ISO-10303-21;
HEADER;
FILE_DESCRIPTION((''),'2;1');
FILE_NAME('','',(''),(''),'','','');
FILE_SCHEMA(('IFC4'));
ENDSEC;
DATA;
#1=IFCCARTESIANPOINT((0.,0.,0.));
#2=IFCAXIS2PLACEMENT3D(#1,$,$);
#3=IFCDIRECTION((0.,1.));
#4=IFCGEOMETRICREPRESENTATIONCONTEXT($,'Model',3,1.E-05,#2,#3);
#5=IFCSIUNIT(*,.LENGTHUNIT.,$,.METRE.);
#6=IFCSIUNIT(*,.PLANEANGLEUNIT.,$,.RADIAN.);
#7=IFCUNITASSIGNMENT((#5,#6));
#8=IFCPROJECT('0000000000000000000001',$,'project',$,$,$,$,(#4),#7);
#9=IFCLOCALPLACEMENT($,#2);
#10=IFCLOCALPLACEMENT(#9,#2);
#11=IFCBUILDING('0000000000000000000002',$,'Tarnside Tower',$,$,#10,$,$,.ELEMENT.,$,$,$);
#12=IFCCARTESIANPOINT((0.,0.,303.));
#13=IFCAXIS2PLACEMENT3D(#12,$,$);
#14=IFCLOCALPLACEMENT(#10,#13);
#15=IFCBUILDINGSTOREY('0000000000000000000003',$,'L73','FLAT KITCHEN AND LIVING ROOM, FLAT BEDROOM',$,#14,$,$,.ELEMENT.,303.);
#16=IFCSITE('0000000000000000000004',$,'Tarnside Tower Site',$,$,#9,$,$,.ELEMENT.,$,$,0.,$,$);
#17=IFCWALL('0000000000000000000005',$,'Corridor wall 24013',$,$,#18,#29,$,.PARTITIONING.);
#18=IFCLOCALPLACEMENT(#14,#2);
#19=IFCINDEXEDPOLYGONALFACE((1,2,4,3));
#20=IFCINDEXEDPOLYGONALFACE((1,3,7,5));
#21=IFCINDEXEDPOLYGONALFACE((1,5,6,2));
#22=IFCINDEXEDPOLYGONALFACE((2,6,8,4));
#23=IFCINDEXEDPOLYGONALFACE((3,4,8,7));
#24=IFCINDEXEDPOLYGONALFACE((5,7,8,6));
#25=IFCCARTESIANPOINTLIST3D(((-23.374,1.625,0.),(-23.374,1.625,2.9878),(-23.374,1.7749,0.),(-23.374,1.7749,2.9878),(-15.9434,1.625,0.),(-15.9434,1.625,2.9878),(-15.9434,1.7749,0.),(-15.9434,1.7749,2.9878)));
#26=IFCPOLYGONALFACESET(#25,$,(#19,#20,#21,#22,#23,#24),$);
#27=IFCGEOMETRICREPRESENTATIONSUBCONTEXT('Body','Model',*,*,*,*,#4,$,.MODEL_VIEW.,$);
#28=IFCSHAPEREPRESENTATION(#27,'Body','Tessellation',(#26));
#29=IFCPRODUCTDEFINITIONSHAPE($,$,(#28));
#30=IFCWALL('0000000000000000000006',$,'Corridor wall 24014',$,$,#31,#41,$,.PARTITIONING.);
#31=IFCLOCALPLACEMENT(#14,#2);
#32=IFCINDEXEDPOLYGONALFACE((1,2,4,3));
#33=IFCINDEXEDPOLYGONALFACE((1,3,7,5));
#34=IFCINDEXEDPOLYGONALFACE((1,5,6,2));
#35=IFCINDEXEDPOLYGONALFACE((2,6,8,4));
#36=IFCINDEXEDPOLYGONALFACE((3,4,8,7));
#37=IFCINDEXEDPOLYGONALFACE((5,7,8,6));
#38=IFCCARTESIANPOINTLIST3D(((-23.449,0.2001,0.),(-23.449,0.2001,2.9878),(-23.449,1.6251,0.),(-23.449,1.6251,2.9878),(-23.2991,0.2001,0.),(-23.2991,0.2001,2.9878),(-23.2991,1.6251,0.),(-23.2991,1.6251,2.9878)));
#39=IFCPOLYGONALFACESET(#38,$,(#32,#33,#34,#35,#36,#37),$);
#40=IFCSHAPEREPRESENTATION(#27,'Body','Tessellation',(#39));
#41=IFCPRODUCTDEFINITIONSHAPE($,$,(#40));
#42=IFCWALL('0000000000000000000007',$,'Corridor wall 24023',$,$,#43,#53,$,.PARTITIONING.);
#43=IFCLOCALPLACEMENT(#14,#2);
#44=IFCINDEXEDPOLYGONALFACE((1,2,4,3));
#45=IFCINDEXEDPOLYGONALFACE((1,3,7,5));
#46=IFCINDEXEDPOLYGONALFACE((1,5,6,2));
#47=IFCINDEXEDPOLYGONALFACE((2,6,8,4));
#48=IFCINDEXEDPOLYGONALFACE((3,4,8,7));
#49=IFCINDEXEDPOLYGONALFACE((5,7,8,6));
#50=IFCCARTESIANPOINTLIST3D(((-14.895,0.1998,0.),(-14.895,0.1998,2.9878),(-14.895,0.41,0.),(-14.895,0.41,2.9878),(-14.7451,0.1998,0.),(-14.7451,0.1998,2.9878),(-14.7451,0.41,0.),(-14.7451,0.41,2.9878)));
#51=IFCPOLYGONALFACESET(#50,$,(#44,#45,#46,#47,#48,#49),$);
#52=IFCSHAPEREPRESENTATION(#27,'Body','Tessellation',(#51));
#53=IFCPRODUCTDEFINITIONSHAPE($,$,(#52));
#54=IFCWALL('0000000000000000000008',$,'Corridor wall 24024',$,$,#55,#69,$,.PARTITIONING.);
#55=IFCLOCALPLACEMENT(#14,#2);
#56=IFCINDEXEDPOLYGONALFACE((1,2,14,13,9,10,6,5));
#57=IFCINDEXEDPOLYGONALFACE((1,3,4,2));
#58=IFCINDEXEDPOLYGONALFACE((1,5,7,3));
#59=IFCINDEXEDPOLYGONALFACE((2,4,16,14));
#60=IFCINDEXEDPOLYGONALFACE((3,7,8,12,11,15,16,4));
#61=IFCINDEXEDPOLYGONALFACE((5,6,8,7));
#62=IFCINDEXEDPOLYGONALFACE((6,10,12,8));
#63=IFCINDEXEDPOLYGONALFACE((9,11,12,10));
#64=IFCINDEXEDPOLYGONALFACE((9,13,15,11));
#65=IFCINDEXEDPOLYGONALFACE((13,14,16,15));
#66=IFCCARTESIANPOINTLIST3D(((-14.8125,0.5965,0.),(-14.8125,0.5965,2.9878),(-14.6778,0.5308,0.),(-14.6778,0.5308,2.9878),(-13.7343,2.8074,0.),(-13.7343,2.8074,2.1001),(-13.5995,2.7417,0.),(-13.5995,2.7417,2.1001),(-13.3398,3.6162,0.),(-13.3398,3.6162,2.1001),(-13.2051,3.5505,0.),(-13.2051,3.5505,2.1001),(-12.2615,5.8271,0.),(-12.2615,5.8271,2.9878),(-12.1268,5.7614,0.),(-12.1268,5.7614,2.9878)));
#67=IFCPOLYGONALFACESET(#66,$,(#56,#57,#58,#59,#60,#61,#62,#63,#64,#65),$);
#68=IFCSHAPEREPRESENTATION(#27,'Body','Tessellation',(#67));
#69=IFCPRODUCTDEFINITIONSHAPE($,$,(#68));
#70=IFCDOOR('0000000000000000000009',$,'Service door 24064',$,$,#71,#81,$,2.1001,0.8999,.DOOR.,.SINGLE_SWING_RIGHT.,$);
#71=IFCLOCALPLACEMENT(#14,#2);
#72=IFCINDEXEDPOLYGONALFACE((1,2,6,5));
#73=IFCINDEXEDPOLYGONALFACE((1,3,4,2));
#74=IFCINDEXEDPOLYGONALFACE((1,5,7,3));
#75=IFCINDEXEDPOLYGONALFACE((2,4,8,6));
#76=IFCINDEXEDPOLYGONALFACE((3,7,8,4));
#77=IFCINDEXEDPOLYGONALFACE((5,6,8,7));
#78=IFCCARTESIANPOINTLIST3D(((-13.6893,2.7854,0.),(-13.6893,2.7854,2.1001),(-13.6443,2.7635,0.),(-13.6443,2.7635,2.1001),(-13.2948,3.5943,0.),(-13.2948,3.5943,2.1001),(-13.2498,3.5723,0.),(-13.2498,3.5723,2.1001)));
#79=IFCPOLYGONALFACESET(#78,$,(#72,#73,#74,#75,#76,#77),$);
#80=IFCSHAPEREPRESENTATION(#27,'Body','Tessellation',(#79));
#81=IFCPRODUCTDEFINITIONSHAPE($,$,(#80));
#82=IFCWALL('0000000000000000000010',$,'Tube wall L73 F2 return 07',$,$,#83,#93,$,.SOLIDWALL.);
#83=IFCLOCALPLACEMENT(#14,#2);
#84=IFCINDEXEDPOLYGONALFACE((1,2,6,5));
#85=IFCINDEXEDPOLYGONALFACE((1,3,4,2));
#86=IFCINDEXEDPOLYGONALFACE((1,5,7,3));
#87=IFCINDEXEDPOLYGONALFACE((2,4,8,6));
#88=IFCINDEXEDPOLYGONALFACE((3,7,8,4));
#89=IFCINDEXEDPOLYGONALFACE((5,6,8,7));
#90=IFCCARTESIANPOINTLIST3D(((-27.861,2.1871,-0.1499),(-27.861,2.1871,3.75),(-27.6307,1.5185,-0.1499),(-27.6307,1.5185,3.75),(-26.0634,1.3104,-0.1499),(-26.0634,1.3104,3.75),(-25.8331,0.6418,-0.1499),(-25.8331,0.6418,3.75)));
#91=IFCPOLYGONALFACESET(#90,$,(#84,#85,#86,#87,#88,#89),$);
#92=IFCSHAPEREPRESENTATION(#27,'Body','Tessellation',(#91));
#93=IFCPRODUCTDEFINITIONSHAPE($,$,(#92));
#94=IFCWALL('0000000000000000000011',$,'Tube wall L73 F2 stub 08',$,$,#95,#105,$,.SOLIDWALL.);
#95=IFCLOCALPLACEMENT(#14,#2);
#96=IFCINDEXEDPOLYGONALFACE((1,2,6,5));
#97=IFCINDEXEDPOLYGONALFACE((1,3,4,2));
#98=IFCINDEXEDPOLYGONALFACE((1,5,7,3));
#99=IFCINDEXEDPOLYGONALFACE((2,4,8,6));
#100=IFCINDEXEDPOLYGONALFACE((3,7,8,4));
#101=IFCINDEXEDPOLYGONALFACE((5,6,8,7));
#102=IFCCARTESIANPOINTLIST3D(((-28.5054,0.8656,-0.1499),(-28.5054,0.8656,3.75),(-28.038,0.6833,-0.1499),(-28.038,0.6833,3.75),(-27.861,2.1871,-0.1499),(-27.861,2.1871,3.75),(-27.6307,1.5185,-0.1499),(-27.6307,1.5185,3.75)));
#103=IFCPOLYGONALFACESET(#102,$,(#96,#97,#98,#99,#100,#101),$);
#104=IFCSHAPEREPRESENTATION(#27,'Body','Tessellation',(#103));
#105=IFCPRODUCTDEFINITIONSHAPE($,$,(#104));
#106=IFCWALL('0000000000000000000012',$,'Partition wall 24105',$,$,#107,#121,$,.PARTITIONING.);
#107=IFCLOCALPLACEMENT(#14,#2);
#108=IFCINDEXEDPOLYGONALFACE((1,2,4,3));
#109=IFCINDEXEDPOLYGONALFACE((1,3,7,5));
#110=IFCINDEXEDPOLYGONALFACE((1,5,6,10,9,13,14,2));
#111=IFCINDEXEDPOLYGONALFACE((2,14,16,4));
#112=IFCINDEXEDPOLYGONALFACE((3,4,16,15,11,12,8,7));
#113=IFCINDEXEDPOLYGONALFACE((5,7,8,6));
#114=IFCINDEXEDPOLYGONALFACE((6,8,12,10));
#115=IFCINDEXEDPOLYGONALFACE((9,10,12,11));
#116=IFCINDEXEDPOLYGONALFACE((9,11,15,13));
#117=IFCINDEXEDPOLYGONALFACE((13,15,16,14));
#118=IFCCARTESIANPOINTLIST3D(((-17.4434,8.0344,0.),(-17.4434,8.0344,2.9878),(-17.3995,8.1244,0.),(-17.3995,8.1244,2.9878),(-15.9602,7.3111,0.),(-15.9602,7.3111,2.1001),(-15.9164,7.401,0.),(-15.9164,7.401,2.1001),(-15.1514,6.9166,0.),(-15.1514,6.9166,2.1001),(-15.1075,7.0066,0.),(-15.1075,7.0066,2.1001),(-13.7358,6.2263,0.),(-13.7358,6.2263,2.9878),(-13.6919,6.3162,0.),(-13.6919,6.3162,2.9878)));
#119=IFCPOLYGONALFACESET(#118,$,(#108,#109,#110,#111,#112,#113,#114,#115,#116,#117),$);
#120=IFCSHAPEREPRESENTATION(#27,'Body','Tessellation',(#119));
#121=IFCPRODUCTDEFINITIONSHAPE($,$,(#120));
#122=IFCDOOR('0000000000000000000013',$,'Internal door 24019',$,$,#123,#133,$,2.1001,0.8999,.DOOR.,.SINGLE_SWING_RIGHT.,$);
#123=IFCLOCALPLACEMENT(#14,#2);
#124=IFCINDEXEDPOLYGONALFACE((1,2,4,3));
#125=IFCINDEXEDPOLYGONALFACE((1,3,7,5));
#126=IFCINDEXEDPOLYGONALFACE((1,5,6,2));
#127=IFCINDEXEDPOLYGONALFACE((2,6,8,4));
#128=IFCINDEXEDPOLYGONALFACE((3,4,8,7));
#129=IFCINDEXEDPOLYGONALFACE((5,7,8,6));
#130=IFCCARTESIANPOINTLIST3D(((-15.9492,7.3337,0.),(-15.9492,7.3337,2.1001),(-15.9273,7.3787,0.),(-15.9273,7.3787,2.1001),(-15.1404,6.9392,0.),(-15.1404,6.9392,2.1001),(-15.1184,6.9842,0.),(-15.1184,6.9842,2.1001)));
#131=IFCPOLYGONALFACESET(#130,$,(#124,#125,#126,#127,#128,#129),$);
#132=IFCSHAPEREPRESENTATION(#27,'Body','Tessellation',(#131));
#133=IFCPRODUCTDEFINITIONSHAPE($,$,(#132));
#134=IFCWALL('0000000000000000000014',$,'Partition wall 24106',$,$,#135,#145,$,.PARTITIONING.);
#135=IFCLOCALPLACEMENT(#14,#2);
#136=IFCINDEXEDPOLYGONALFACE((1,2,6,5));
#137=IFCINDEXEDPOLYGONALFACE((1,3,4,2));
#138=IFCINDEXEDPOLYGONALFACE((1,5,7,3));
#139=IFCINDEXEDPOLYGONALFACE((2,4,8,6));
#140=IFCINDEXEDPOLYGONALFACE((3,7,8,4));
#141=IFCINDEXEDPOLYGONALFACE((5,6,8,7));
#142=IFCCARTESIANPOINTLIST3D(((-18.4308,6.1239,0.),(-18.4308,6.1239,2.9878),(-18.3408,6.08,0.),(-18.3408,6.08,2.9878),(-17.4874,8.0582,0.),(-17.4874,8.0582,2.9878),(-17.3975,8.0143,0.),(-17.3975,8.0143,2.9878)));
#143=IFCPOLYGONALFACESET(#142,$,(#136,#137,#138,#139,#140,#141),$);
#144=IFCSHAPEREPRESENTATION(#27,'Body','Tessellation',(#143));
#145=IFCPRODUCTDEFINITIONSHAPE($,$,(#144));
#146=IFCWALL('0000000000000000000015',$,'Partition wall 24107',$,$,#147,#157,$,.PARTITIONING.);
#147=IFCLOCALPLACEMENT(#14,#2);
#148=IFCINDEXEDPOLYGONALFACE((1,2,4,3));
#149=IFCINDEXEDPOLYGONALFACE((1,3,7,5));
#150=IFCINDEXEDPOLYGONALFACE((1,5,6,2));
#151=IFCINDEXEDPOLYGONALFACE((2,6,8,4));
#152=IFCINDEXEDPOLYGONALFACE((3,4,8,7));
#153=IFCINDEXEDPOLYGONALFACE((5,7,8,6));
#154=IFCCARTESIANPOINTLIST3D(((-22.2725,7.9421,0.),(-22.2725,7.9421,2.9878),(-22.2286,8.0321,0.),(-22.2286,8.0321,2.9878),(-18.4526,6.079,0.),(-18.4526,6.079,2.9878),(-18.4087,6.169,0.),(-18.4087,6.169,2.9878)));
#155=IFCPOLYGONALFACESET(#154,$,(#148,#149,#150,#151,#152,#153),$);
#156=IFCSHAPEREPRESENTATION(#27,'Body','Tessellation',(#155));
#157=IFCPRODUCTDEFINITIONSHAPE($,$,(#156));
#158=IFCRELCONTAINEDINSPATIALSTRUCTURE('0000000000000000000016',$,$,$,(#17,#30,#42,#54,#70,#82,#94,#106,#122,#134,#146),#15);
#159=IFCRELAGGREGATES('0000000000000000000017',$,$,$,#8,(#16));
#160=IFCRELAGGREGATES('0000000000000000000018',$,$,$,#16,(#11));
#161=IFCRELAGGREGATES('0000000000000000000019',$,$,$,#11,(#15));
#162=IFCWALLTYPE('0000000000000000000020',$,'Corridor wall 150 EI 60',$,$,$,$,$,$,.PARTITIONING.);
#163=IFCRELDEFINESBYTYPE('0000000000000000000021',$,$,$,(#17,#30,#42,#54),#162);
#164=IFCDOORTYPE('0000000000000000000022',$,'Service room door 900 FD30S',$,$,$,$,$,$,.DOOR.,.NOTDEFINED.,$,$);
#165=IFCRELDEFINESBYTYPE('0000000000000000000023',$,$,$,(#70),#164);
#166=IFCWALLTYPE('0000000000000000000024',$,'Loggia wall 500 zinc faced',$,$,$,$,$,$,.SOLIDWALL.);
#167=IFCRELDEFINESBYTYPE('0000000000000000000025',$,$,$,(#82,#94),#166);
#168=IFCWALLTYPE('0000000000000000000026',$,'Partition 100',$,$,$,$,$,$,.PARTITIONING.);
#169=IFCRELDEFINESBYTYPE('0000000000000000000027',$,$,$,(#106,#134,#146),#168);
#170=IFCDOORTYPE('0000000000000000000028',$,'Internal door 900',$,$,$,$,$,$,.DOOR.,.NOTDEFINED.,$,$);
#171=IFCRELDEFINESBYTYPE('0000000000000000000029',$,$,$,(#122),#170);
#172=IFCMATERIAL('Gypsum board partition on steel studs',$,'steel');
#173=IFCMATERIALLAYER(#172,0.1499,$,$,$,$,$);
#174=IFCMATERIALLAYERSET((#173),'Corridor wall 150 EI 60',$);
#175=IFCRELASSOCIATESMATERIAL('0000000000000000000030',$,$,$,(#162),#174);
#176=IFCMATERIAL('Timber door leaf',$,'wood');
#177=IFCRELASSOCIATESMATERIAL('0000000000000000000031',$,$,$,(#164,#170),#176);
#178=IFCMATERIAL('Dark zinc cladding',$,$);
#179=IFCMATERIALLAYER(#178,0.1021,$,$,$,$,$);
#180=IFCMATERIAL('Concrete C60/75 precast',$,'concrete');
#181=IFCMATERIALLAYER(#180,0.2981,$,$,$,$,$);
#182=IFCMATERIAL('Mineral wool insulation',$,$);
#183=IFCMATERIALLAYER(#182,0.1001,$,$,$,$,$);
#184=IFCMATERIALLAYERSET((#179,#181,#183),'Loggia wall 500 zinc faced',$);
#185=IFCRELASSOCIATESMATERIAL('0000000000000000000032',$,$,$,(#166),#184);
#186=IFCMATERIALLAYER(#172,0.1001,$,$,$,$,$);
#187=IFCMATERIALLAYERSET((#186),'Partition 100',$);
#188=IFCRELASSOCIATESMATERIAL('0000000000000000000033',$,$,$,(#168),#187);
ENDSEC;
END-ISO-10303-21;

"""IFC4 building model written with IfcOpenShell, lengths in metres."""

from ifc_helpers import new_model, si_unit, direction, frame, frame_2d, origin, place, context, subcontext, project, spatial, polyline, rectangle, outline, extrude, material, layer, layer_set, type_object, element, fill, save


model = new_model("IFC4")

# Units and contexts
model_context = context("Model", 3, precision=1e-05, world=origin(), true_north=direction((0.0, 1.0)))
body_context = subcontext(model_context, "Body", "Model", "MODEL_VIEW")
ifc_project = project(units=[si_unit("LENGTHUNIT", "METRE"), si_unit("PLANEANGLEUNIT", "RADIAN")], contexts=[model_context])

# Site, building, storey
site_placement = place(None, origin())
site = spatial("IfcSite", under=ifc_project, at=site_placement, Name="Tarnside Tower Site", CompositionType="ELEMENT", RefElevation=0.0)
building_placement = place(site_placement, origin())
building = spatial("IfcBuilding", under=site, at=building_placement, Name="Tarnside Tower", CompositionType="ELEMENT")
storey_placement = place(building_placement, frame((0.0, 0.0, 303.0)))
storey = spatial("IfcBuildingStorey", under=building, at=storey_placement, Name="L73", Description="FLAT KITCHEN AND LIVING ROOM, FLAT BEDROOM", CompositionType="ELEMENT", Elevation=303.0)

# Walls
ifc_material_1 = material(Name="Gypsum board partition on steel studs", Category="steel")
ifc_layer_1 = layer(ifc_material_1, 0.1499)
ifc_layer_set_1 = layer_set([ifc_layer_1], Name="Corridor wall 150 EI 60")
wall_type_1 = type_object("IfcWallType", Name="Corridor wall 150 EI 60", PredefinedType="PARTITIONING", material=ifc_layer_set_1)
wall_1_placement = place(storey_placement, frame((-15.9434, 1.7, 0.0), z_axis=(0.0, 0.0, 1.0), x_axis=(-1.0, 0.0, 0.0)))
element("IfcWall", 1, at=wall_1_placement, inside=storey, type_object=wall_type_1, Name="Corridor wall 24013", PredefinedType="PARTITIONING", context=body_context, shape_type="SweptSolid", body=[
    extrude(rectangle(XDim=7.4307, YDim=0.1499, at=frame_2d((3.7153, 0.0))), origin(), (0.0, 0.0, 1.0), 2.9878),
])
wall_2_placement = place(storey_placement, frame((-23.374, 1.625, 0.0), z_axis=(0.0, 0.0, 1.0), x_axis=(0.0, -1.0, 0.0)))
element("IfcWall", 2, at=wall_2_placement, inside=storey, type_object=wall_type_1, Name="Corridor wall 24014", PredefinedType="PARTITIONING", context=body_context, shape_type="SweptSolid", body=[
    extrude(rectangle(XDim=1.425, YDim=0.1499, at=frame_2d((0.7124, 0.0))), origin(), (0.0, 0.0, 1.0), 2.9878),
])
wall_3_placement = place(storey_placement, frame((-14.8201, 0.2, 0.0), z_axis=(0.0, 0.0, 1.0), x_axis=(0.0, 1.0, 0.0)))
element("IfcWall", 3, at=wall_3_placement, inside=storey, type_object=wall_type_1, Name="Corridor wall 24023", PredefinedType="PARTITIONING", context=body_context, shape_type="SweptSolid", body=[
    extrude(rectangle(XDim=0.2102, YDim=0.1499, at=frame_2d((0.105, 0.0))), origin(), (0.0, 0.0, 1.0), 2.9878),
])

# Wall, opening, door
wall_4_placement = place(storey_placement, frame((-14.7451, 0.5637, 0.0), z_axis=(0.0, 0.0, 1.0), x_axis=(0.438348, 0.898805, 0.0)))
wall_4 = element("IfcWall", 4, at=wall_4_placement, inside=storey, type_object=wall_type_1, Name="Corridor wall 24024", PredefinedType="PARTITIONING", context=body_context, shape_type="SweptSolid", body=[
    extrude(rectangle(XDim=5.8196, YDim=0.1499, at=frame_2d((2.9097, 0.0))), origin(), (0.0, 0.0, 1.0), 2.9878),
])
opening_1_placement = place(wall_4_placement, frame((2.4597, 0.0, 0.0)))
opening_1 = element("IfcOpeningElement", 5, at=opening_1_placement, cuts=wall_4, PredefinedType="OPENING", context=body_context, shape_type="SweptSolid", body=[
    extrude(rectangle(XDim=0.8999, YDim=2.1001, at=frame_2d((0.45, 1.05))), frame((0.0, 0.085, 0.0), z_axis=(0.0, -1.0, 0.0), x_axis=(1.0, 0.0, 0.0)), (0.0, 0.0, 1.0), 0.1699),
])
ifc_material_2 = material(Name="Timber door leaf", Category="wood")
door_type_1 = type_object("IfcDoorType", Name="Service room door 900 FD30S", OperationType="NOTDEFINED", PredefinedType="DOOR", material=ifc_material_2)
door_1_placement = place(opening_1_placement, origin())
door_1 = element("IfcDoor", 6, at=door_1_placement, inside=storey, type_object=door_type_1, Name="Service door 24064", OperationType="SINGLE_SWING_RIGHT", OverallHeight=2.1001, OverallWidth=0.8999, PredefinedType="DOOR", context=body_context, shape_type="SweptSolid", body=[
    extrude(rectangle(XDim=0.8999, YDim=2.1001, at=frame_2d((0.45, 1.05))), frame((0.0, 0.0249, 0.0), z_axis=(0.0, -1.0, 0.0), x_axis=(1.0, 0.0, 0.0)), (0.0, 0.0, 1.0), 0.05),
])
fill(opening_1, door_1)

# Walls
ifc_material_3 = material(Name="Dark zinc cladding")
ifc_layer_2 = layer(ifc_material_3, 0.1021)
ifc_material_4 = material(Name="Concrete C60/75 precast", Category="concrete")
ifc_layer_3 = layer(ifc_material_4, 0.2981)
ifc_material_5 = material(Name="Mineral wool insulation")
ifc_layer_4 = layer(ifc_material_5, 0.1001)
ifc_layer_set_2 = layer_set([ifc_layer_2, ifc_layer_3, ifc_layer_4], Name="Loggia wall 500 zinc faced")
wall_type_2 = type_object("IfcWallType", Name="Loggia wall 500 zinc faced", PredefinedType="SOLIDWALL", material=ifc_layer_set_2)
wall_5_placement = place(storey_placement, frame((-25.9482, 0.9761, -0.1499), z_axis=(0.0, 0.0, 1.0), x_axis=(-0.898802, 0.438354, 0.0)))
element("IfcWall", 7, at=wall_5_placement, inside=storey, type_object=wall_type_2, Name="Tube wall L73 F2 return 07", PredefinedType="SOLIDWALL", context=body_context, shape_type="SweptSolid", body=[
    extrude(outline(polyline([(0.25, -0.25), (2.25, -0.25), (1.75, 0.25), (-0.25, 0.25), (0.25, -0.25)])), origin(), (0.0, 0.0, 1.0), 3.8999),
])
wall_6_placement = place(storey_placement, frame((-27.7458, 1.8528, -0.1499), z_axis=(0.0, 0.0, 1.0), x_axis=(-0.438319, -0.898819, 0.0)))
element("IfcWall", 8, at=wall_6_placement, inside=storey, type_object=wall_type_2, Name="Tube wall L73 F2 stub 08", PredefinedType="SOLIDWALL", context=body_context, shape_type="SweptSolid", body=[
    extrude(outline(polyline([(-0.25, -0.25), (1.2202, -0.25), (1.1792, 0.25), (0.25, 0.25), (-0.25, -0.25)])), origin(), (0.0, 0.0, 1.0), 3.8999),
])

# Wall, opening, door
ifc_layer_5 = layer(ifc_material_1, 0.1001)
ifc_layer_set_3 = layer_set([ifc_layer_5], Name="Partition 100")
wall_type_3 = type_object("IfcWallType", Name="Partition 100", PredefinedType="PARTITIONING", material=ifc_layer_set_3)
wall_7_placement = place(storey_placement, frame((-13.7139, 6.2712, 0.0), z_axis=(0.0, 0.0, 1.0), x_axis=(-0.898811, 0.438337, 0.0)))
wall_7 = element("IfcWall", 9, at=wall_7_placement, inside=storey, type_object=wall_type_3, Name="Partition wall 24105", PredefinedType="PARTITIONING", context=body_context, shape_type="SweptSolid", body=[
    extrude(rectangle(XDim=4.125, YDim=0.1001, at=frame_2d((2.0625, 0.0))), origin(), (0.0, 0.0, 1.0), 2.9878),
])
opening_2_placement = place(wall_7_placement, frame((1.575, 0.0, 0.0)))
opening_2 = element("IfcOpeningElement", 10, at=opening_2_placement, cuts=wall_7, PredefinedType="OPENING", context=body_context, shape_type="SweptSolid", body=[
    extrude(rectangle(XDim=0.8999, YDim=2.1001, at=frame_2d((0.45, 1.05))), frame((0.0, 0.0601, 0.0), z_axis=(0.0, -1.0, 0.0), x_axis=(1.0, 0.0, 0.0)), (0.0, 0.0, 1.0), 0.1201),
])
door_type_2 = type_object("IfcDoorType", Name="Internal door 900", OperationType="NOTDEFINED", PredefinedType="DOOR", material=ifc_material_2)
door_2_placement = place(opening_2_placement, origin())
door_2 = element("IfcDoor", 11, at=door_2_placement, inside=storey, type_object=door_type_2, Name="Internal door 24019", OperationType="SINGLE_SWING_RIGHT", OverallHeight=2.1001, OverallWidth=0.8999, PredefinedType="DOOR", context=body_context, shape_type="SweptSolid", body=[
    extrude(rectangle(XDim=0.8999, YDim=2.1001, at=frame_2d((0.45, 1.05))), frame((0.0, 0.0249, 0.0), z_axis=(0.0, -1.0, 0.0), x_axis=(1.0, 0.0, 0.0)), (0.0, 0.0, 1.0), 0.05),
])
fill(opening_2, door_2)

# Walls
wall_8_placement = place(storey_placement, frame((-17.4424, 8.0364, 0.0), z_axis=(0.0, 0.0, 1.0), x_axis=(-0.438343, -0.898808, 0.0)))
element("IfcWall", 12, at=wall_8_placement, inside=storey, type_object=wall_type_3, Name="Partition wall 24106", PredefinedType="PARTITIONING", context=body_context, shape_type="SweptSolid", body=[
    extrude(rectangle(XDim=2.1521, YDim=0.1001, at=frame_2d((1.0762, 0.0))), origin(), (0.0, 0.0, 1.0), 2.9878),
])
wall_9_placement = place(storey_placement, frame((-18.4307, 6.124, 0.0), z_axis=(0.0, 0.0, 1.0), x_axis=(-0.898795, 0.438368, 0.0)))
element("IfcWall", 13, at=wall_9_placement, inside=storey, type_object=wall_type_3, Name="Partition wall 24107", PredefinedType="PARTITIONING", context=body_context, shape_type="SweptSolid", body=[
    extrude(rectangle(XDim=4.25, YDim=0.1001, at=frame_2d((2.125, 0.0))), origin(), (0.0, 0.0, 1.0), 2.9878),
])

save(model, "model.ifc")
